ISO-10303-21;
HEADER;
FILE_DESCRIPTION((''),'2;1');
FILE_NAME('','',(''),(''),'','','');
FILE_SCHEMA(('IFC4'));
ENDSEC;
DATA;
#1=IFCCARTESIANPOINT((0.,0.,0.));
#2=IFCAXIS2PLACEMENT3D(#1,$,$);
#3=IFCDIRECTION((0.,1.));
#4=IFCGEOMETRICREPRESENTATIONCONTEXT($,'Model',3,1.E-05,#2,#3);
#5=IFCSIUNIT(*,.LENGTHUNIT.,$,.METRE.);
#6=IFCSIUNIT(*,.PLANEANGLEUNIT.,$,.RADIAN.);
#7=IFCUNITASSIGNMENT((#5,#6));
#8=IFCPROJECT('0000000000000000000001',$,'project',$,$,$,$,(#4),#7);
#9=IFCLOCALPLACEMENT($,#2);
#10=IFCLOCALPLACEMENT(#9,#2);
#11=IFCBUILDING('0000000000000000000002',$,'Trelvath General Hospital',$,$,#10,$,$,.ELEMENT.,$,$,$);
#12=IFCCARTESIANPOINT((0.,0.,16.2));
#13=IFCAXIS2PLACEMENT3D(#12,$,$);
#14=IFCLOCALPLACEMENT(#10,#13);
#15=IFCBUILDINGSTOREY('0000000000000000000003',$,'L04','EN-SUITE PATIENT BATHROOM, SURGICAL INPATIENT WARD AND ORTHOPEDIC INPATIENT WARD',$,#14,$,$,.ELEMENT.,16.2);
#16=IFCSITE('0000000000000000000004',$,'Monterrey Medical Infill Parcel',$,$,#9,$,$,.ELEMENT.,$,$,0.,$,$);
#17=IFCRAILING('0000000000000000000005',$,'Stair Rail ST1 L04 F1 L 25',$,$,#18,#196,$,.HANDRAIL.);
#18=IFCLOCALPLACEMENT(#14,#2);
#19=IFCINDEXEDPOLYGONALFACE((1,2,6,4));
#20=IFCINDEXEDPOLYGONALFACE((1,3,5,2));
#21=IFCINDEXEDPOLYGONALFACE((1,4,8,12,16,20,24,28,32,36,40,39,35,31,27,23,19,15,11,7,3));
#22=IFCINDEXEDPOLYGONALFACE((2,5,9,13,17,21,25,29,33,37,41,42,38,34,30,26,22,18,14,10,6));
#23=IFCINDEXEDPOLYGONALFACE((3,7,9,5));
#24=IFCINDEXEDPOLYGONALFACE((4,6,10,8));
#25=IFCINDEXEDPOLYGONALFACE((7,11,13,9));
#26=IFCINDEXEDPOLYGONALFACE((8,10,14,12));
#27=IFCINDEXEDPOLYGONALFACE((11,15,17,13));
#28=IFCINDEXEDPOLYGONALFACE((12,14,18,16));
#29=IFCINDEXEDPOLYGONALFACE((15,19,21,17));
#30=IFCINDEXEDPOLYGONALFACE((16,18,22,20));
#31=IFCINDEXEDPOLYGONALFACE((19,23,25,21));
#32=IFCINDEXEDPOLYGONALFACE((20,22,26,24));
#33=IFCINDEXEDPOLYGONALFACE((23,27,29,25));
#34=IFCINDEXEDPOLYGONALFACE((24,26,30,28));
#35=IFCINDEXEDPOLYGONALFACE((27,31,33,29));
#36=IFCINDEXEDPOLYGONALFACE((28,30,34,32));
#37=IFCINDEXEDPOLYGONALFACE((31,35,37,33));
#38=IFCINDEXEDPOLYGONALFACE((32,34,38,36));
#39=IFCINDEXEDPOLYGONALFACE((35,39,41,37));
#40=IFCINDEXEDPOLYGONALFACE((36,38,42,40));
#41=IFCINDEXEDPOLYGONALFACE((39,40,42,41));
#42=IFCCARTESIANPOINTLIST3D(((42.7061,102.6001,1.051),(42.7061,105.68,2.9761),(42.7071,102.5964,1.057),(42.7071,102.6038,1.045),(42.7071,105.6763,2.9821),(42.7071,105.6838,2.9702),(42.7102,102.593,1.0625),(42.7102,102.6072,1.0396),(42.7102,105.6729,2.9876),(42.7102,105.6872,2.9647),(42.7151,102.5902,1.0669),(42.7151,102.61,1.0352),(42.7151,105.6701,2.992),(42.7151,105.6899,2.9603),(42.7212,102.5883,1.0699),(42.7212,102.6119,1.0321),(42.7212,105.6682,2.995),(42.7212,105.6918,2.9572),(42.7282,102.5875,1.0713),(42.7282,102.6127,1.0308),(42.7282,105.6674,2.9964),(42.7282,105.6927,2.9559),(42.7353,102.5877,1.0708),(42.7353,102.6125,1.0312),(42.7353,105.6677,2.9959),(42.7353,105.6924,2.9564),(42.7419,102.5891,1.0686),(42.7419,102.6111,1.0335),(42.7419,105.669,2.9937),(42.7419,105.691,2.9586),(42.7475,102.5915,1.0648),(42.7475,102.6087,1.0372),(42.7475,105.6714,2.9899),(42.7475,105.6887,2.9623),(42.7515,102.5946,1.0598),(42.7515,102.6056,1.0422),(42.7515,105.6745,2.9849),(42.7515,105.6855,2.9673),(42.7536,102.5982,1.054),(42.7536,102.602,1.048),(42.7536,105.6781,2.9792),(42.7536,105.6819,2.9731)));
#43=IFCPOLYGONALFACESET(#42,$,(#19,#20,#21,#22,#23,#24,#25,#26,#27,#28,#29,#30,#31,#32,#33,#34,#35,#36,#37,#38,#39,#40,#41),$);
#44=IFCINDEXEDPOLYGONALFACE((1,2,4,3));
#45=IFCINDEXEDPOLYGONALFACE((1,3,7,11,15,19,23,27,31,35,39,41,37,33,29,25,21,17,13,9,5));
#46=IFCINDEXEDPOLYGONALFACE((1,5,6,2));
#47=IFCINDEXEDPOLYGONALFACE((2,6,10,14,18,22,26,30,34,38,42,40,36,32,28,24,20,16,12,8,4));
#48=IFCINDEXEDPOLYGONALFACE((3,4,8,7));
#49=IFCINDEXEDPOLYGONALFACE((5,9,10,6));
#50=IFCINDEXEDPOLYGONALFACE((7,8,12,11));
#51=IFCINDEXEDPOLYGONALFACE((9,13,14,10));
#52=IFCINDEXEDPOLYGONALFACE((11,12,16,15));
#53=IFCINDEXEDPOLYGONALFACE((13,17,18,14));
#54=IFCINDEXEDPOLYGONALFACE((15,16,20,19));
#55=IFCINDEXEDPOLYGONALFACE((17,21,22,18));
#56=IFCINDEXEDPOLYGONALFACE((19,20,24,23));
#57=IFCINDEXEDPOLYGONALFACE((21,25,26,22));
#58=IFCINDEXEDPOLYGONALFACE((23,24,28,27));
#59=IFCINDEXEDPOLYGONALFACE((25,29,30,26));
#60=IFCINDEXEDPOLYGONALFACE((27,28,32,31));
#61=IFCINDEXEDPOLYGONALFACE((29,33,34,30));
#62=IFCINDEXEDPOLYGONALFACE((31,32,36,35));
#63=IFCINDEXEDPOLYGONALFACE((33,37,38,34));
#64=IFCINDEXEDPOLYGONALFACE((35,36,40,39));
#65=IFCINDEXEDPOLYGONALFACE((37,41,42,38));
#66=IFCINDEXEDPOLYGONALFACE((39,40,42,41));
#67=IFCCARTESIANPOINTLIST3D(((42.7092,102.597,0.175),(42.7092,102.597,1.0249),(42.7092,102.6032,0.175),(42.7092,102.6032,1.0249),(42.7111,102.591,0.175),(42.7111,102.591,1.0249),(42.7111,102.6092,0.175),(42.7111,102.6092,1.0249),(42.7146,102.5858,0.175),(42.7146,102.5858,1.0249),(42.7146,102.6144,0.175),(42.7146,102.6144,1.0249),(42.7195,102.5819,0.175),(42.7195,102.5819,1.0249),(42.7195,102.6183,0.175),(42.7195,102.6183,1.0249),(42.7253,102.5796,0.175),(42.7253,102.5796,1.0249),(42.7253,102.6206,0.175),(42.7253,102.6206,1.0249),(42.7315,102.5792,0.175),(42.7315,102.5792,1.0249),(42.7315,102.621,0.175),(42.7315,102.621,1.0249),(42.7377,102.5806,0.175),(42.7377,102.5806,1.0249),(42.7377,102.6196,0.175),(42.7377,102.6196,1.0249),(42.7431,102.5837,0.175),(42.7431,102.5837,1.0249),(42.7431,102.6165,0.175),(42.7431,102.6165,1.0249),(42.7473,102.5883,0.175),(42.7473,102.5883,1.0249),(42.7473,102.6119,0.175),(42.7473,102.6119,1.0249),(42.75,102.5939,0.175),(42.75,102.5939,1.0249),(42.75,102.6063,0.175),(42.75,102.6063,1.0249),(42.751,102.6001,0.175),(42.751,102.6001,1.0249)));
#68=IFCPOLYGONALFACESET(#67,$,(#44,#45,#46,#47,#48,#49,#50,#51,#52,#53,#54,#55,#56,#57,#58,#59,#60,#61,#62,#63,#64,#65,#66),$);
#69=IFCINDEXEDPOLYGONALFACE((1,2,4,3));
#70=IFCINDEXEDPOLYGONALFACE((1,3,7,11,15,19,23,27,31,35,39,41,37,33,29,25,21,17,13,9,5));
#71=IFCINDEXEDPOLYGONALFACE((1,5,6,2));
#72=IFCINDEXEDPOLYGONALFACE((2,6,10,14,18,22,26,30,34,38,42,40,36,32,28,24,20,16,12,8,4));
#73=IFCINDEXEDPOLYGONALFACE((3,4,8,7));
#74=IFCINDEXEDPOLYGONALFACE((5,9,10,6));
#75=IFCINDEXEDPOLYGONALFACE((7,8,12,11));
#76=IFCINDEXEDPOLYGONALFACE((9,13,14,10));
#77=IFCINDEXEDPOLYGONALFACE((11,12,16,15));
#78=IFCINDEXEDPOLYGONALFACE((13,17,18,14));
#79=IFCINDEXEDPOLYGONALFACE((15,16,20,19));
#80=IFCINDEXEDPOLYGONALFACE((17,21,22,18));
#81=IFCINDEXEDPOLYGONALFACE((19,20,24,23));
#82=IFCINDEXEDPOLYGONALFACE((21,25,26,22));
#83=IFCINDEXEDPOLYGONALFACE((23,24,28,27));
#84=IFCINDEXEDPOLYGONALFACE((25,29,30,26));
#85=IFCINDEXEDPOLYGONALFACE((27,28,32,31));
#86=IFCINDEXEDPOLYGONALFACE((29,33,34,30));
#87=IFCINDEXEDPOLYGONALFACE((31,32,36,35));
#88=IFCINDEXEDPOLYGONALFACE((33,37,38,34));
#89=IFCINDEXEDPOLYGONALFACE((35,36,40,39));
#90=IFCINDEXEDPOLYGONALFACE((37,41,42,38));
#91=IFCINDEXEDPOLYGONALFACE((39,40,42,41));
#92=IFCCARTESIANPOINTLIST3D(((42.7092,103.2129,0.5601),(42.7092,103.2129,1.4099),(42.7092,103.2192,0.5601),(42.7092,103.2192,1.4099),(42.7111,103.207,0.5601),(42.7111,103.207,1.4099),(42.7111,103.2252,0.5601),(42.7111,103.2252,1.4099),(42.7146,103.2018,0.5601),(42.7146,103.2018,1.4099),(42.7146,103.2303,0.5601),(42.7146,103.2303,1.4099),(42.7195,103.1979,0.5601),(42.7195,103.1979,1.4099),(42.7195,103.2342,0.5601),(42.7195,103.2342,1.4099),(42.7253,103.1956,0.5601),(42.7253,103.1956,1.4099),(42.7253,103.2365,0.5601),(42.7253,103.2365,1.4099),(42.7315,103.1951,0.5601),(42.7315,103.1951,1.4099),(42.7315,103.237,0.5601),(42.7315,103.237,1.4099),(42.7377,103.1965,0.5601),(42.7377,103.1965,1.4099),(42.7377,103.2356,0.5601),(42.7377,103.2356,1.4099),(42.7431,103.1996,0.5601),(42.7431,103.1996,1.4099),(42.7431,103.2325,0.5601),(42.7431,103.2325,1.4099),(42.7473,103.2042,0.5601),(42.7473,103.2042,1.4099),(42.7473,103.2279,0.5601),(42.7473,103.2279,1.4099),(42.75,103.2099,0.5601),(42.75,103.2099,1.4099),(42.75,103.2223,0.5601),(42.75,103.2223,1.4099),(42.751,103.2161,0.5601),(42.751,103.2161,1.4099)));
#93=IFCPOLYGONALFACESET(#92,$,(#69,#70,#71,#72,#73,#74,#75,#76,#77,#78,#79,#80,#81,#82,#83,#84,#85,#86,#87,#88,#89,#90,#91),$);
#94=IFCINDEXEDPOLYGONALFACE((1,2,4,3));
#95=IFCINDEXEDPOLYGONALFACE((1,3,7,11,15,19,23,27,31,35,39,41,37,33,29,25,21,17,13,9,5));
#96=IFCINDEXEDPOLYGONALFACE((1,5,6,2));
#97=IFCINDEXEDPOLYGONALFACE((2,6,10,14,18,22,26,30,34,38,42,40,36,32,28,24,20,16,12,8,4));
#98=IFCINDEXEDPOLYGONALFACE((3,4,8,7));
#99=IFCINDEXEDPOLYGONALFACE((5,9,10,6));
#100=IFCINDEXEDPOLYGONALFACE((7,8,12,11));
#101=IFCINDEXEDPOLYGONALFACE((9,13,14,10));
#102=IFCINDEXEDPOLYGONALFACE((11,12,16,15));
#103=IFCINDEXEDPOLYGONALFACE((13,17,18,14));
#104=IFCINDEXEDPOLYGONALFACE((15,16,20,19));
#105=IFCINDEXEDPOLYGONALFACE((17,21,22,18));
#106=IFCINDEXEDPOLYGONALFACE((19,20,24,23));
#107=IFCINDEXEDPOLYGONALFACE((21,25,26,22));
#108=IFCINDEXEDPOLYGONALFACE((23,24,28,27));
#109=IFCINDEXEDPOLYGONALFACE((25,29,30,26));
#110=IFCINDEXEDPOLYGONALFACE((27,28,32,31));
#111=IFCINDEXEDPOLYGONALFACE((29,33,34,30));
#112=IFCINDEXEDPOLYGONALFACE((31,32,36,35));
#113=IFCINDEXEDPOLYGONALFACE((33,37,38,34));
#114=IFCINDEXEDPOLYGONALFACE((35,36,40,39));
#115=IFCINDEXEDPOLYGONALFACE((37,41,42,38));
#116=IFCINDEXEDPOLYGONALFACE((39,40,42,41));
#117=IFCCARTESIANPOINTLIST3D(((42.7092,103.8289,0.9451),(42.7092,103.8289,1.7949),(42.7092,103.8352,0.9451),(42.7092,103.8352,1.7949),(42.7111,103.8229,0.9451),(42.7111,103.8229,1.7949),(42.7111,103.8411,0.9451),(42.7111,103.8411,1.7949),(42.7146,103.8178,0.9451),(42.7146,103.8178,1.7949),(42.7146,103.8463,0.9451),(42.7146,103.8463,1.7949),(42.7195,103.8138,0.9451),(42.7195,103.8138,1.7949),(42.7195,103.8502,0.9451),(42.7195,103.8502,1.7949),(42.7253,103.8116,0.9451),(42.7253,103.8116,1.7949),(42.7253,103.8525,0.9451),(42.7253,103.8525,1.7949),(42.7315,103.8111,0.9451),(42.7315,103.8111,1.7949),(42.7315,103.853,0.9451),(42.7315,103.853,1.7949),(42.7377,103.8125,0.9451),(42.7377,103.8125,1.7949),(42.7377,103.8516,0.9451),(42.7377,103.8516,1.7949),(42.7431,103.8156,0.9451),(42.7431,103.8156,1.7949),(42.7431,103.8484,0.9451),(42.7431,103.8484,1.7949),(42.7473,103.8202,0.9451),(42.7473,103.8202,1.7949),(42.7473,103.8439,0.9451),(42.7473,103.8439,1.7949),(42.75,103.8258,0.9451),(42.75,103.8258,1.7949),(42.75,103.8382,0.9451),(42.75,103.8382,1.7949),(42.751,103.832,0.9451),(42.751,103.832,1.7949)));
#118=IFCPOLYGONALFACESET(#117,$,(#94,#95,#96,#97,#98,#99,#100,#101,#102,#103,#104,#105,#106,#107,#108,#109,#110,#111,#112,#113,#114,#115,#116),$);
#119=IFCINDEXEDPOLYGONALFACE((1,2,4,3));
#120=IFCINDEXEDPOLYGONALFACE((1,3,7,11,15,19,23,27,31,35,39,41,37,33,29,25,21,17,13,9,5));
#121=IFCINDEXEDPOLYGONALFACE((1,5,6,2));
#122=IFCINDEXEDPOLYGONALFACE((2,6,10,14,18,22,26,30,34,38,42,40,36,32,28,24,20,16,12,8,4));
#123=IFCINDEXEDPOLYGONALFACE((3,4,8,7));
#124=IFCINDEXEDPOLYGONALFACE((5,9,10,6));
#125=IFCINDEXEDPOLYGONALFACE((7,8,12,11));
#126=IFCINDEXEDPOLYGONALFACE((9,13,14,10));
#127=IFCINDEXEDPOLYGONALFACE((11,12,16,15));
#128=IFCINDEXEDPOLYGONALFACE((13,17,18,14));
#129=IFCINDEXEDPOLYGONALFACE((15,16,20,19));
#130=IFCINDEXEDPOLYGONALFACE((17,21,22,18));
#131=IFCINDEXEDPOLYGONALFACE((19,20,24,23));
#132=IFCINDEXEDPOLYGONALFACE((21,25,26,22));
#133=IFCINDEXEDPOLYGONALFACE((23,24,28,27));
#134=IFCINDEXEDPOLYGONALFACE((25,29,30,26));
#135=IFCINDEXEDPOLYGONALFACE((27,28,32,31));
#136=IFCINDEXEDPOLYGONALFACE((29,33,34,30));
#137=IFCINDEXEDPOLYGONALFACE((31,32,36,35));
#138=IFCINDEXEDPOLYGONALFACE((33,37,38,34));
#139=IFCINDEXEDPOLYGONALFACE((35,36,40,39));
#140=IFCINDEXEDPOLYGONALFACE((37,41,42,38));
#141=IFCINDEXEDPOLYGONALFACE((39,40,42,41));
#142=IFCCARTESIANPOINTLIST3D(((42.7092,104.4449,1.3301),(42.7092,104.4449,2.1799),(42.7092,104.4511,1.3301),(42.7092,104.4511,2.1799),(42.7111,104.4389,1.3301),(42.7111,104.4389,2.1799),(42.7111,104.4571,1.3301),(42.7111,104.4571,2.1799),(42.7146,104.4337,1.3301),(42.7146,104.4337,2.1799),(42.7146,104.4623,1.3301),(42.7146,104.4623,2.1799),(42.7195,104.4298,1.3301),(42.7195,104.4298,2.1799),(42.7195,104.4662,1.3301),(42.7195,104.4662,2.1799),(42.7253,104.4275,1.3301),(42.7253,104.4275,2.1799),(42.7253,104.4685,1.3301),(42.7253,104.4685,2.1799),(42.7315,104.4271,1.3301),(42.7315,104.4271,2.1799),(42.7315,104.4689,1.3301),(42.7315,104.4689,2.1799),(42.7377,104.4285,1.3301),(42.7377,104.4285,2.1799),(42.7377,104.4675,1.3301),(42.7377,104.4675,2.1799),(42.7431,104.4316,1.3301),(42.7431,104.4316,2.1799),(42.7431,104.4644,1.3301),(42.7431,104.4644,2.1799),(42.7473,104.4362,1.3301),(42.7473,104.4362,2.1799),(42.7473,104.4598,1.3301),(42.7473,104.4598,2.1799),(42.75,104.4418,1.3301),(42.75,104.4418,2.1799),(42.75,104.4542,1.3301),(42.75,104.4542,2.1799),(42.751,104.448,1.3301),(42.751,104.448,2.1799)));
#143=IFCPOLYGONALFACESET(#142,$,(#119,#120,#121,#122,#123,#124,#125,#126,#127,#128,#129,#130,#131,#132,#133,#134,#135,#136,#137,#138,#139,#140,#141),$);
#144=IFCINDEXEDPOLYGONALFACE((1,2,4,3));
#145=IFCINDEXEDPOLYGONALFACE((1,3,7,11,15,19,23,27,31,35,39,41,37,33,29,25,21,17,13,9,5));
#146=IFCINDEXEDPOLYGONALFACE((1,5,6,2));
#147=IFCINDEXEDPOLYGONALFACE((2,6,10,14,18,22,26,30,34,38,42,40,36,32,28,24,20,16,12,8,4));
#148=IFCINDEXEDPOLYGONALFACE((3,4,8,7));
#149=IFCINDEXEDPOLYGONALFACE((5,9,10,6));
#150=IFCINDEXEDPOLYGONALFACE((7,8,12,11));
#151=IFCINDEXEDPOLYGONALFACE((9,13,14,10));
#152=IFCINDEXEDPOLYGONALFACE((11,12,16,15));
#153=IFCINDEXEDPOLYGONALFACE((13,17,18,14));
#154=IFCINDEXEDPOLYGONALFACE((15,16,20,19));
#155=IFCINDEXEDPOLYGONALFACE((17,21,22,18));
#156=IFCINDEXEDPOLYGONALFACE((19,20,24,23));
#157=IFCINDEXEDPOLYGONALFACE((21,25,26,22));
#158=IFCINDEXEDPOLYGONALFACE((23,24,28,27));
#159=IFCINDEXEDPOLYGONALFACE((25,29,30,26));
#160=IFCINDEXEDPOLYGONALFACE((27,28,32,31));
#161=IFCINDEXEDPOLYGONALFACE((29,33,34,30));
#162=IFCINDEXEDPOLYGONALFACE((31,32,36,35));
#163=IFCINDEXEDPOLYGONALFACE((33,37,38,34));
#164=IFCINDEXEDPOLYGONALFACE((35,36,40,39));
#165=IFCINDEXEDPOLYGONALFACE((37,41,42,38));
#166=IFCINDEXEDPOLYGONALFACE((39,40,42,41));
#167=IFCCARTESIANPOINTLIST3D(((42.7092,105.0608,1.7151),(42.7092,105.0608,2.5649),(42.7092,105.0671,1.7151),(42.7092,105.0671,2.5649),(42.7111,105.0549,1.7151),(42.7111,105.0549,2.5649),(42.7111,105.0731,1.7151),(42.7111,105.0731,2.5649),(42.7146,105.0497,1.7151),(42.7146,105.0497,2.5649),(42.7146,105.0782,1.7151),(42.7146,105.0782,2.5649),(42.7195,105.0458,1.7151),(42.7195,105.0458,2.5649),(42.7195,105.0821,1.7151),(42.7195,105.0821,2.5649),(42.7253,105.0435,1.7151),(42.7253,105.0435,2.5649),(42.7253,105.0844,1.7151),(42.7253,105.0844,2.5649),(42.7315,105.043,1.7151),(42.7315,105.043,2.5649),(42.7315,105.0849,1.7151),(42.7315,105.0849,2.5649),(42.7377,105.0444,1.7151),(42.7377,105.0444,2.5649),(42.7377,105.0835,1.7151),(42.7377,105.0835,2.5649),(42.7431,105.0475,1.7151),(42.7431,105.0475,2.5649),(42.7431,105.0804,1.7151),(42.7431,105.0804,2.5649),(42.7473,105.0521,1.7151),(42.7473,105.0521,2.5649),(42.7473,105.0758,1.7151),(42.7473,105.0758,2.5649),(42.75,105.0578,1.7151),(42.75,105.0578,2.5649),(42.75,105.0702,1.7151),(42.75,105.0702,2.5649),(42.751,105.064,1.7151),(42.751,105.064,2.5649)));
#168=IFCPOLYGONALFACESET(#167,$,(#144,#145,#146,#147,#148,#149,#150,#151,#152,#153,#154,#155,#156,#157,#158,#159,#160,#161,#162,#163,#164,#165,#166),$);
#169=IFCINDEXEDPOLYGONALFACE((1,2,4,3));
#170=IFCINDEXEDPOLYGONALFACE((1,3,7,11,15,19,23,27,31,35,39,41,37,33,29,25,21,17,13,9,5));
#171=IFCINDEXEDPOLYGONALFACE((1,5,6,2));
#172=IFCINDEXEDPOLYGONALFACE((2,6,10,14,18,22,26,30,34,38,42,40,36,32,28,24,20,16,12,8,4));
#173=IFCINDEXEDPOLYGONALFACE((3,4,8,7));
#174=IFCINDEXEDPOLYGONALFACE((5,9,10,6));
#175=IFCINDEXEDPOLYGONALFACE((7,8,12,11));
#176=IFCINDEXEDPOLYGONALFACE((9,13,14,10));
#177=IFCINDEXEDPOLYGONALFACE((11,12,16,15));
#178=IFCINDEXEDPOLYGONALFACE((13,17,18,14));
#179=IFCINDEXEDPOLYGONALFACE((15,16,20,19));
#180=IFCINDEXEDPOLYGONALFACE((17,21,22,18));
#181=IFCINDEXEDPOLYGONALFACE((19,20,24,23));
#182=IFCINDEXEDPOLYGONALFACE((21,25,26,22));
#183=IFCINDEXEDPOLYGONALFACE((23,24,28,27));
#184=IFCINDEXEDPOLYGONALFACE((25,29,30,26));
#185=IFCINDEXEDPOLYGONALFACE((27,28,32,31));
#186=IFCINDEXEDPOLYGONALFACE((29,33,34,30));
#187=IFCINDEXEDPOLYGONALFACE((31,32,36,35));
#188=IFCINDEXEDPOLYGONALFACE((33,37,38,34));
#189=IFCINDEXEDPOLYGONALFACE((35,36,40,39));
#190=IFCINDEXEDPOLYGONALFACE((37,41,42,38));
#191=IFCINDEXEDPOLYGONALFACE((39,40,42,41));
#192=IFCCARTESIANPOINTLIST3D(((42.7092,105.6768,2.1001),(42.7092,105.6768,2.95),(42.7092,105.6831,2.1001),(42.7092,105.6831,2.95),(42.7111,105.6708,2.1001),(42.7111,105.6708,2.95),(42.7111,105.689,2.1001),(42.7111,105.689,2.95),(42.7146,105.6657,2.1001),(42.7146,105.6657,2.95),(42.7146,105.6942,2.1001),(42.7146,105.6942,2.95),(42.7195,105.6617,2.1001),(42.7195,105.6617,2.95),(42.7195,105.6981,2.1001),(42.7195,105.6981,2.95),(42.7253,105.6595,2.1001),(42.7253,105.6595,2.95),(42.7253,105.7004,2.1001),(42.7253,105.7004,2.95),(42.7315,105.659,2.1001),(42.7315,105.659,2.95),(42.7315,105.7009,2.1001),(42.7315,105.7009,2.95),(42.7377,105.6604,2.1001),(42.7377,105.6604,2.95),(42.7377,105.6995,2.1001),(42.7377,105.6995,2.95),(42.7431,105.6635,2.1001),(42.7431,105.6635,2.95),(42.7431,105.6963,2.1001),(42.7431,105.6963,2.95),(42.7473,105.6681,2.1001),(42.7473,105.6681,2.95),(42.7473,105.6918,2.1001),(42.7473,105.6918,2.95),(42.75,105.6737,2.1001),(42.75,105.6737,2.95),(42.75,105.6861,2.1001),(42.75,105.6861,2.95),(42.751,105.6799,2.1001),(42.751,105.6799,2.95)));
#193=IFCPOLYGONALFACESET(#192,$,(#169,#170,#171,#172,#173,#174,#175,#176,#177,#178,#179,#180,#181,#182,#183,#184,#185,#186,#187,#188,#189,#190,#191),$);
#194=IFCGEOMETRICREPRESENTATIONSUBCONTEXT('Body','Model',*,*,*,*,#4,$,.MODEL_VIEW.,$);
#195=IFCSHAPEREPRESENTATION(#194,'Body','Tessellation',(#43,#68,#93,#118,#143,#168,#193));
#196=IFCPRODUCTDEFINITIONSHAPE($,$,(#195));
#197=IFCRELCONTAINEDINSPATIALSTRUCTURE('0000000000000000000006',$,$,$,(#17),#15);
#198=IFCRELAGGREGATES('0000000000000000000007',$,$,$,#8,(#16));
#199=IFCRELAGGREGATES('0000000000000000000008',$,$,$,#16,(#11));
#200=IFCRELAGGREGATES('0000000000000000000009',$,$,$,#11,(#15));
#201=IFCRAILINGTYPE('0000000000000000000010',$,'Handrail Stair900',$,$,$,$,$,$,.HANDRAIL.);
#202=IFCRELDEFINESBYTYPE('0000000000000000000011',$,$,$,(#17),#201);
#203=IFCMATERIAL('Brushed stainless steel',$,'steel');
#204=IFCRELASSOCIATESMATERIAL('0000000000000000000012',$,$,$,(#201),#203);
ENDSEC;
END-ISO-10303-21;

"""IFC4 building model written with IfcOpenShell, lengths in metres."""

from ifc_helpers import new_model, si_unit, direction, frame, origin, origin_2d, place, context, subcontext, project, spatial, circle, extrude, material, type_object, element, save


model = new_model("IFC4")

# Units and contexts
model_context = context("Model", 3, precision=1e-05, world=origin(), true_north=direction((0.0, 1.0)))
body_context = subcontext(model_context, "Body", "Model", "MODEL_VIEW")
ifc_project = project(units=[si_unit("LENGTHUNIT", "METRE"), si_unit("PLANEANGLEUNIT", "RADIAN")], contexts=[model_context])

# Site, building, storey
site_placement = place(None, origin())
site = spatial("IfcSite", under=ifc_project, at=site_placement, Name="Monterrey Medical Infill Parcel", CompositionType="ELEMENT", RefElevation=0.0)
building_placement = place(site_placement, origin())
building = spatial("IfcBuilding", under=site, at=building_placement, Name="Trelvath General Hospital", CompositionType="ELEMENT")
storey_placement = place(building_placement, frame((0.0, 0.0, 16.2)))
storey = spatial("IfcBuildingStorey", under=building, at=storey_placement, Name="L04", Description="EN-SUITE PATIENT BATHROOM, SURGICAL INPATIENT WARD AND ORTHOPEDIC INPATIENT WARD", CompositionType="ELEMENT", Elevation=16.2)

# Railing
ifc_material_1 = material(Name="Brushed stainless steel", Category="steel")
railing_type_1 = type_object("IfcRailingType", Name="Handrail Stair900", PredefinedType="HANDRAIL", material=ifc_material_1)
railing_1_placement = place(storey_placement, frame((42.73, 102.6001, 0.175)))
element("IfcRailing", 1, at=railing_1_placement, inside=storey, type_object=railing_type_1, Name="Stair Rail ST1 L04 F1 L 25", PredefinedType="HANDRAIL", context=body_context, shape_type="SweptSolid", body=[
    extrude(circle(Radius=0.0239, at=origin_2d()), frame((0.0, 0.0, 0.876), z_axis=(0.0, 0.847979, 0.530029), x_axis=(-1.0, 0.0, 0.0)), (0.0, 0.0, 1.0), 3.6321),
    extrude(circle(Radius=0.021, at=origin_2d()), origin(), (0.0, 0.0, 1.0), 0.8499),
    extrude(circle(Radius=0.021, at=origin_2d()), frame((0.0, 0.616, 0.385)), (0.0, 0.0, 1.0), 0.8499),
    extrude(circle(Radius=0.021, at=origin_2d()), frame((0.0, 1.2319, 0.77)), (0.0, 0.0, 1.0), 0.8499),
    extrude(circle(Radius=0.021, at=origin_2d()), frame((0.0, 1.8479, 1.155)), (0.0, 0.0, 1.0), 0.8499),
    extrude(circle(Radius=0.021, at=origin_2d()), frame((0.0, 2.4639, 1.54)), (0.0, 0.0, 1.0), 0.8499),
    extrude(circle(Radius=0.021, at=origin_2d()), frame((0.0, 3.0798, 1.925)), (0.0, 0.0, 1.0), 0.8499),
])

save(model, "model.ifc")
